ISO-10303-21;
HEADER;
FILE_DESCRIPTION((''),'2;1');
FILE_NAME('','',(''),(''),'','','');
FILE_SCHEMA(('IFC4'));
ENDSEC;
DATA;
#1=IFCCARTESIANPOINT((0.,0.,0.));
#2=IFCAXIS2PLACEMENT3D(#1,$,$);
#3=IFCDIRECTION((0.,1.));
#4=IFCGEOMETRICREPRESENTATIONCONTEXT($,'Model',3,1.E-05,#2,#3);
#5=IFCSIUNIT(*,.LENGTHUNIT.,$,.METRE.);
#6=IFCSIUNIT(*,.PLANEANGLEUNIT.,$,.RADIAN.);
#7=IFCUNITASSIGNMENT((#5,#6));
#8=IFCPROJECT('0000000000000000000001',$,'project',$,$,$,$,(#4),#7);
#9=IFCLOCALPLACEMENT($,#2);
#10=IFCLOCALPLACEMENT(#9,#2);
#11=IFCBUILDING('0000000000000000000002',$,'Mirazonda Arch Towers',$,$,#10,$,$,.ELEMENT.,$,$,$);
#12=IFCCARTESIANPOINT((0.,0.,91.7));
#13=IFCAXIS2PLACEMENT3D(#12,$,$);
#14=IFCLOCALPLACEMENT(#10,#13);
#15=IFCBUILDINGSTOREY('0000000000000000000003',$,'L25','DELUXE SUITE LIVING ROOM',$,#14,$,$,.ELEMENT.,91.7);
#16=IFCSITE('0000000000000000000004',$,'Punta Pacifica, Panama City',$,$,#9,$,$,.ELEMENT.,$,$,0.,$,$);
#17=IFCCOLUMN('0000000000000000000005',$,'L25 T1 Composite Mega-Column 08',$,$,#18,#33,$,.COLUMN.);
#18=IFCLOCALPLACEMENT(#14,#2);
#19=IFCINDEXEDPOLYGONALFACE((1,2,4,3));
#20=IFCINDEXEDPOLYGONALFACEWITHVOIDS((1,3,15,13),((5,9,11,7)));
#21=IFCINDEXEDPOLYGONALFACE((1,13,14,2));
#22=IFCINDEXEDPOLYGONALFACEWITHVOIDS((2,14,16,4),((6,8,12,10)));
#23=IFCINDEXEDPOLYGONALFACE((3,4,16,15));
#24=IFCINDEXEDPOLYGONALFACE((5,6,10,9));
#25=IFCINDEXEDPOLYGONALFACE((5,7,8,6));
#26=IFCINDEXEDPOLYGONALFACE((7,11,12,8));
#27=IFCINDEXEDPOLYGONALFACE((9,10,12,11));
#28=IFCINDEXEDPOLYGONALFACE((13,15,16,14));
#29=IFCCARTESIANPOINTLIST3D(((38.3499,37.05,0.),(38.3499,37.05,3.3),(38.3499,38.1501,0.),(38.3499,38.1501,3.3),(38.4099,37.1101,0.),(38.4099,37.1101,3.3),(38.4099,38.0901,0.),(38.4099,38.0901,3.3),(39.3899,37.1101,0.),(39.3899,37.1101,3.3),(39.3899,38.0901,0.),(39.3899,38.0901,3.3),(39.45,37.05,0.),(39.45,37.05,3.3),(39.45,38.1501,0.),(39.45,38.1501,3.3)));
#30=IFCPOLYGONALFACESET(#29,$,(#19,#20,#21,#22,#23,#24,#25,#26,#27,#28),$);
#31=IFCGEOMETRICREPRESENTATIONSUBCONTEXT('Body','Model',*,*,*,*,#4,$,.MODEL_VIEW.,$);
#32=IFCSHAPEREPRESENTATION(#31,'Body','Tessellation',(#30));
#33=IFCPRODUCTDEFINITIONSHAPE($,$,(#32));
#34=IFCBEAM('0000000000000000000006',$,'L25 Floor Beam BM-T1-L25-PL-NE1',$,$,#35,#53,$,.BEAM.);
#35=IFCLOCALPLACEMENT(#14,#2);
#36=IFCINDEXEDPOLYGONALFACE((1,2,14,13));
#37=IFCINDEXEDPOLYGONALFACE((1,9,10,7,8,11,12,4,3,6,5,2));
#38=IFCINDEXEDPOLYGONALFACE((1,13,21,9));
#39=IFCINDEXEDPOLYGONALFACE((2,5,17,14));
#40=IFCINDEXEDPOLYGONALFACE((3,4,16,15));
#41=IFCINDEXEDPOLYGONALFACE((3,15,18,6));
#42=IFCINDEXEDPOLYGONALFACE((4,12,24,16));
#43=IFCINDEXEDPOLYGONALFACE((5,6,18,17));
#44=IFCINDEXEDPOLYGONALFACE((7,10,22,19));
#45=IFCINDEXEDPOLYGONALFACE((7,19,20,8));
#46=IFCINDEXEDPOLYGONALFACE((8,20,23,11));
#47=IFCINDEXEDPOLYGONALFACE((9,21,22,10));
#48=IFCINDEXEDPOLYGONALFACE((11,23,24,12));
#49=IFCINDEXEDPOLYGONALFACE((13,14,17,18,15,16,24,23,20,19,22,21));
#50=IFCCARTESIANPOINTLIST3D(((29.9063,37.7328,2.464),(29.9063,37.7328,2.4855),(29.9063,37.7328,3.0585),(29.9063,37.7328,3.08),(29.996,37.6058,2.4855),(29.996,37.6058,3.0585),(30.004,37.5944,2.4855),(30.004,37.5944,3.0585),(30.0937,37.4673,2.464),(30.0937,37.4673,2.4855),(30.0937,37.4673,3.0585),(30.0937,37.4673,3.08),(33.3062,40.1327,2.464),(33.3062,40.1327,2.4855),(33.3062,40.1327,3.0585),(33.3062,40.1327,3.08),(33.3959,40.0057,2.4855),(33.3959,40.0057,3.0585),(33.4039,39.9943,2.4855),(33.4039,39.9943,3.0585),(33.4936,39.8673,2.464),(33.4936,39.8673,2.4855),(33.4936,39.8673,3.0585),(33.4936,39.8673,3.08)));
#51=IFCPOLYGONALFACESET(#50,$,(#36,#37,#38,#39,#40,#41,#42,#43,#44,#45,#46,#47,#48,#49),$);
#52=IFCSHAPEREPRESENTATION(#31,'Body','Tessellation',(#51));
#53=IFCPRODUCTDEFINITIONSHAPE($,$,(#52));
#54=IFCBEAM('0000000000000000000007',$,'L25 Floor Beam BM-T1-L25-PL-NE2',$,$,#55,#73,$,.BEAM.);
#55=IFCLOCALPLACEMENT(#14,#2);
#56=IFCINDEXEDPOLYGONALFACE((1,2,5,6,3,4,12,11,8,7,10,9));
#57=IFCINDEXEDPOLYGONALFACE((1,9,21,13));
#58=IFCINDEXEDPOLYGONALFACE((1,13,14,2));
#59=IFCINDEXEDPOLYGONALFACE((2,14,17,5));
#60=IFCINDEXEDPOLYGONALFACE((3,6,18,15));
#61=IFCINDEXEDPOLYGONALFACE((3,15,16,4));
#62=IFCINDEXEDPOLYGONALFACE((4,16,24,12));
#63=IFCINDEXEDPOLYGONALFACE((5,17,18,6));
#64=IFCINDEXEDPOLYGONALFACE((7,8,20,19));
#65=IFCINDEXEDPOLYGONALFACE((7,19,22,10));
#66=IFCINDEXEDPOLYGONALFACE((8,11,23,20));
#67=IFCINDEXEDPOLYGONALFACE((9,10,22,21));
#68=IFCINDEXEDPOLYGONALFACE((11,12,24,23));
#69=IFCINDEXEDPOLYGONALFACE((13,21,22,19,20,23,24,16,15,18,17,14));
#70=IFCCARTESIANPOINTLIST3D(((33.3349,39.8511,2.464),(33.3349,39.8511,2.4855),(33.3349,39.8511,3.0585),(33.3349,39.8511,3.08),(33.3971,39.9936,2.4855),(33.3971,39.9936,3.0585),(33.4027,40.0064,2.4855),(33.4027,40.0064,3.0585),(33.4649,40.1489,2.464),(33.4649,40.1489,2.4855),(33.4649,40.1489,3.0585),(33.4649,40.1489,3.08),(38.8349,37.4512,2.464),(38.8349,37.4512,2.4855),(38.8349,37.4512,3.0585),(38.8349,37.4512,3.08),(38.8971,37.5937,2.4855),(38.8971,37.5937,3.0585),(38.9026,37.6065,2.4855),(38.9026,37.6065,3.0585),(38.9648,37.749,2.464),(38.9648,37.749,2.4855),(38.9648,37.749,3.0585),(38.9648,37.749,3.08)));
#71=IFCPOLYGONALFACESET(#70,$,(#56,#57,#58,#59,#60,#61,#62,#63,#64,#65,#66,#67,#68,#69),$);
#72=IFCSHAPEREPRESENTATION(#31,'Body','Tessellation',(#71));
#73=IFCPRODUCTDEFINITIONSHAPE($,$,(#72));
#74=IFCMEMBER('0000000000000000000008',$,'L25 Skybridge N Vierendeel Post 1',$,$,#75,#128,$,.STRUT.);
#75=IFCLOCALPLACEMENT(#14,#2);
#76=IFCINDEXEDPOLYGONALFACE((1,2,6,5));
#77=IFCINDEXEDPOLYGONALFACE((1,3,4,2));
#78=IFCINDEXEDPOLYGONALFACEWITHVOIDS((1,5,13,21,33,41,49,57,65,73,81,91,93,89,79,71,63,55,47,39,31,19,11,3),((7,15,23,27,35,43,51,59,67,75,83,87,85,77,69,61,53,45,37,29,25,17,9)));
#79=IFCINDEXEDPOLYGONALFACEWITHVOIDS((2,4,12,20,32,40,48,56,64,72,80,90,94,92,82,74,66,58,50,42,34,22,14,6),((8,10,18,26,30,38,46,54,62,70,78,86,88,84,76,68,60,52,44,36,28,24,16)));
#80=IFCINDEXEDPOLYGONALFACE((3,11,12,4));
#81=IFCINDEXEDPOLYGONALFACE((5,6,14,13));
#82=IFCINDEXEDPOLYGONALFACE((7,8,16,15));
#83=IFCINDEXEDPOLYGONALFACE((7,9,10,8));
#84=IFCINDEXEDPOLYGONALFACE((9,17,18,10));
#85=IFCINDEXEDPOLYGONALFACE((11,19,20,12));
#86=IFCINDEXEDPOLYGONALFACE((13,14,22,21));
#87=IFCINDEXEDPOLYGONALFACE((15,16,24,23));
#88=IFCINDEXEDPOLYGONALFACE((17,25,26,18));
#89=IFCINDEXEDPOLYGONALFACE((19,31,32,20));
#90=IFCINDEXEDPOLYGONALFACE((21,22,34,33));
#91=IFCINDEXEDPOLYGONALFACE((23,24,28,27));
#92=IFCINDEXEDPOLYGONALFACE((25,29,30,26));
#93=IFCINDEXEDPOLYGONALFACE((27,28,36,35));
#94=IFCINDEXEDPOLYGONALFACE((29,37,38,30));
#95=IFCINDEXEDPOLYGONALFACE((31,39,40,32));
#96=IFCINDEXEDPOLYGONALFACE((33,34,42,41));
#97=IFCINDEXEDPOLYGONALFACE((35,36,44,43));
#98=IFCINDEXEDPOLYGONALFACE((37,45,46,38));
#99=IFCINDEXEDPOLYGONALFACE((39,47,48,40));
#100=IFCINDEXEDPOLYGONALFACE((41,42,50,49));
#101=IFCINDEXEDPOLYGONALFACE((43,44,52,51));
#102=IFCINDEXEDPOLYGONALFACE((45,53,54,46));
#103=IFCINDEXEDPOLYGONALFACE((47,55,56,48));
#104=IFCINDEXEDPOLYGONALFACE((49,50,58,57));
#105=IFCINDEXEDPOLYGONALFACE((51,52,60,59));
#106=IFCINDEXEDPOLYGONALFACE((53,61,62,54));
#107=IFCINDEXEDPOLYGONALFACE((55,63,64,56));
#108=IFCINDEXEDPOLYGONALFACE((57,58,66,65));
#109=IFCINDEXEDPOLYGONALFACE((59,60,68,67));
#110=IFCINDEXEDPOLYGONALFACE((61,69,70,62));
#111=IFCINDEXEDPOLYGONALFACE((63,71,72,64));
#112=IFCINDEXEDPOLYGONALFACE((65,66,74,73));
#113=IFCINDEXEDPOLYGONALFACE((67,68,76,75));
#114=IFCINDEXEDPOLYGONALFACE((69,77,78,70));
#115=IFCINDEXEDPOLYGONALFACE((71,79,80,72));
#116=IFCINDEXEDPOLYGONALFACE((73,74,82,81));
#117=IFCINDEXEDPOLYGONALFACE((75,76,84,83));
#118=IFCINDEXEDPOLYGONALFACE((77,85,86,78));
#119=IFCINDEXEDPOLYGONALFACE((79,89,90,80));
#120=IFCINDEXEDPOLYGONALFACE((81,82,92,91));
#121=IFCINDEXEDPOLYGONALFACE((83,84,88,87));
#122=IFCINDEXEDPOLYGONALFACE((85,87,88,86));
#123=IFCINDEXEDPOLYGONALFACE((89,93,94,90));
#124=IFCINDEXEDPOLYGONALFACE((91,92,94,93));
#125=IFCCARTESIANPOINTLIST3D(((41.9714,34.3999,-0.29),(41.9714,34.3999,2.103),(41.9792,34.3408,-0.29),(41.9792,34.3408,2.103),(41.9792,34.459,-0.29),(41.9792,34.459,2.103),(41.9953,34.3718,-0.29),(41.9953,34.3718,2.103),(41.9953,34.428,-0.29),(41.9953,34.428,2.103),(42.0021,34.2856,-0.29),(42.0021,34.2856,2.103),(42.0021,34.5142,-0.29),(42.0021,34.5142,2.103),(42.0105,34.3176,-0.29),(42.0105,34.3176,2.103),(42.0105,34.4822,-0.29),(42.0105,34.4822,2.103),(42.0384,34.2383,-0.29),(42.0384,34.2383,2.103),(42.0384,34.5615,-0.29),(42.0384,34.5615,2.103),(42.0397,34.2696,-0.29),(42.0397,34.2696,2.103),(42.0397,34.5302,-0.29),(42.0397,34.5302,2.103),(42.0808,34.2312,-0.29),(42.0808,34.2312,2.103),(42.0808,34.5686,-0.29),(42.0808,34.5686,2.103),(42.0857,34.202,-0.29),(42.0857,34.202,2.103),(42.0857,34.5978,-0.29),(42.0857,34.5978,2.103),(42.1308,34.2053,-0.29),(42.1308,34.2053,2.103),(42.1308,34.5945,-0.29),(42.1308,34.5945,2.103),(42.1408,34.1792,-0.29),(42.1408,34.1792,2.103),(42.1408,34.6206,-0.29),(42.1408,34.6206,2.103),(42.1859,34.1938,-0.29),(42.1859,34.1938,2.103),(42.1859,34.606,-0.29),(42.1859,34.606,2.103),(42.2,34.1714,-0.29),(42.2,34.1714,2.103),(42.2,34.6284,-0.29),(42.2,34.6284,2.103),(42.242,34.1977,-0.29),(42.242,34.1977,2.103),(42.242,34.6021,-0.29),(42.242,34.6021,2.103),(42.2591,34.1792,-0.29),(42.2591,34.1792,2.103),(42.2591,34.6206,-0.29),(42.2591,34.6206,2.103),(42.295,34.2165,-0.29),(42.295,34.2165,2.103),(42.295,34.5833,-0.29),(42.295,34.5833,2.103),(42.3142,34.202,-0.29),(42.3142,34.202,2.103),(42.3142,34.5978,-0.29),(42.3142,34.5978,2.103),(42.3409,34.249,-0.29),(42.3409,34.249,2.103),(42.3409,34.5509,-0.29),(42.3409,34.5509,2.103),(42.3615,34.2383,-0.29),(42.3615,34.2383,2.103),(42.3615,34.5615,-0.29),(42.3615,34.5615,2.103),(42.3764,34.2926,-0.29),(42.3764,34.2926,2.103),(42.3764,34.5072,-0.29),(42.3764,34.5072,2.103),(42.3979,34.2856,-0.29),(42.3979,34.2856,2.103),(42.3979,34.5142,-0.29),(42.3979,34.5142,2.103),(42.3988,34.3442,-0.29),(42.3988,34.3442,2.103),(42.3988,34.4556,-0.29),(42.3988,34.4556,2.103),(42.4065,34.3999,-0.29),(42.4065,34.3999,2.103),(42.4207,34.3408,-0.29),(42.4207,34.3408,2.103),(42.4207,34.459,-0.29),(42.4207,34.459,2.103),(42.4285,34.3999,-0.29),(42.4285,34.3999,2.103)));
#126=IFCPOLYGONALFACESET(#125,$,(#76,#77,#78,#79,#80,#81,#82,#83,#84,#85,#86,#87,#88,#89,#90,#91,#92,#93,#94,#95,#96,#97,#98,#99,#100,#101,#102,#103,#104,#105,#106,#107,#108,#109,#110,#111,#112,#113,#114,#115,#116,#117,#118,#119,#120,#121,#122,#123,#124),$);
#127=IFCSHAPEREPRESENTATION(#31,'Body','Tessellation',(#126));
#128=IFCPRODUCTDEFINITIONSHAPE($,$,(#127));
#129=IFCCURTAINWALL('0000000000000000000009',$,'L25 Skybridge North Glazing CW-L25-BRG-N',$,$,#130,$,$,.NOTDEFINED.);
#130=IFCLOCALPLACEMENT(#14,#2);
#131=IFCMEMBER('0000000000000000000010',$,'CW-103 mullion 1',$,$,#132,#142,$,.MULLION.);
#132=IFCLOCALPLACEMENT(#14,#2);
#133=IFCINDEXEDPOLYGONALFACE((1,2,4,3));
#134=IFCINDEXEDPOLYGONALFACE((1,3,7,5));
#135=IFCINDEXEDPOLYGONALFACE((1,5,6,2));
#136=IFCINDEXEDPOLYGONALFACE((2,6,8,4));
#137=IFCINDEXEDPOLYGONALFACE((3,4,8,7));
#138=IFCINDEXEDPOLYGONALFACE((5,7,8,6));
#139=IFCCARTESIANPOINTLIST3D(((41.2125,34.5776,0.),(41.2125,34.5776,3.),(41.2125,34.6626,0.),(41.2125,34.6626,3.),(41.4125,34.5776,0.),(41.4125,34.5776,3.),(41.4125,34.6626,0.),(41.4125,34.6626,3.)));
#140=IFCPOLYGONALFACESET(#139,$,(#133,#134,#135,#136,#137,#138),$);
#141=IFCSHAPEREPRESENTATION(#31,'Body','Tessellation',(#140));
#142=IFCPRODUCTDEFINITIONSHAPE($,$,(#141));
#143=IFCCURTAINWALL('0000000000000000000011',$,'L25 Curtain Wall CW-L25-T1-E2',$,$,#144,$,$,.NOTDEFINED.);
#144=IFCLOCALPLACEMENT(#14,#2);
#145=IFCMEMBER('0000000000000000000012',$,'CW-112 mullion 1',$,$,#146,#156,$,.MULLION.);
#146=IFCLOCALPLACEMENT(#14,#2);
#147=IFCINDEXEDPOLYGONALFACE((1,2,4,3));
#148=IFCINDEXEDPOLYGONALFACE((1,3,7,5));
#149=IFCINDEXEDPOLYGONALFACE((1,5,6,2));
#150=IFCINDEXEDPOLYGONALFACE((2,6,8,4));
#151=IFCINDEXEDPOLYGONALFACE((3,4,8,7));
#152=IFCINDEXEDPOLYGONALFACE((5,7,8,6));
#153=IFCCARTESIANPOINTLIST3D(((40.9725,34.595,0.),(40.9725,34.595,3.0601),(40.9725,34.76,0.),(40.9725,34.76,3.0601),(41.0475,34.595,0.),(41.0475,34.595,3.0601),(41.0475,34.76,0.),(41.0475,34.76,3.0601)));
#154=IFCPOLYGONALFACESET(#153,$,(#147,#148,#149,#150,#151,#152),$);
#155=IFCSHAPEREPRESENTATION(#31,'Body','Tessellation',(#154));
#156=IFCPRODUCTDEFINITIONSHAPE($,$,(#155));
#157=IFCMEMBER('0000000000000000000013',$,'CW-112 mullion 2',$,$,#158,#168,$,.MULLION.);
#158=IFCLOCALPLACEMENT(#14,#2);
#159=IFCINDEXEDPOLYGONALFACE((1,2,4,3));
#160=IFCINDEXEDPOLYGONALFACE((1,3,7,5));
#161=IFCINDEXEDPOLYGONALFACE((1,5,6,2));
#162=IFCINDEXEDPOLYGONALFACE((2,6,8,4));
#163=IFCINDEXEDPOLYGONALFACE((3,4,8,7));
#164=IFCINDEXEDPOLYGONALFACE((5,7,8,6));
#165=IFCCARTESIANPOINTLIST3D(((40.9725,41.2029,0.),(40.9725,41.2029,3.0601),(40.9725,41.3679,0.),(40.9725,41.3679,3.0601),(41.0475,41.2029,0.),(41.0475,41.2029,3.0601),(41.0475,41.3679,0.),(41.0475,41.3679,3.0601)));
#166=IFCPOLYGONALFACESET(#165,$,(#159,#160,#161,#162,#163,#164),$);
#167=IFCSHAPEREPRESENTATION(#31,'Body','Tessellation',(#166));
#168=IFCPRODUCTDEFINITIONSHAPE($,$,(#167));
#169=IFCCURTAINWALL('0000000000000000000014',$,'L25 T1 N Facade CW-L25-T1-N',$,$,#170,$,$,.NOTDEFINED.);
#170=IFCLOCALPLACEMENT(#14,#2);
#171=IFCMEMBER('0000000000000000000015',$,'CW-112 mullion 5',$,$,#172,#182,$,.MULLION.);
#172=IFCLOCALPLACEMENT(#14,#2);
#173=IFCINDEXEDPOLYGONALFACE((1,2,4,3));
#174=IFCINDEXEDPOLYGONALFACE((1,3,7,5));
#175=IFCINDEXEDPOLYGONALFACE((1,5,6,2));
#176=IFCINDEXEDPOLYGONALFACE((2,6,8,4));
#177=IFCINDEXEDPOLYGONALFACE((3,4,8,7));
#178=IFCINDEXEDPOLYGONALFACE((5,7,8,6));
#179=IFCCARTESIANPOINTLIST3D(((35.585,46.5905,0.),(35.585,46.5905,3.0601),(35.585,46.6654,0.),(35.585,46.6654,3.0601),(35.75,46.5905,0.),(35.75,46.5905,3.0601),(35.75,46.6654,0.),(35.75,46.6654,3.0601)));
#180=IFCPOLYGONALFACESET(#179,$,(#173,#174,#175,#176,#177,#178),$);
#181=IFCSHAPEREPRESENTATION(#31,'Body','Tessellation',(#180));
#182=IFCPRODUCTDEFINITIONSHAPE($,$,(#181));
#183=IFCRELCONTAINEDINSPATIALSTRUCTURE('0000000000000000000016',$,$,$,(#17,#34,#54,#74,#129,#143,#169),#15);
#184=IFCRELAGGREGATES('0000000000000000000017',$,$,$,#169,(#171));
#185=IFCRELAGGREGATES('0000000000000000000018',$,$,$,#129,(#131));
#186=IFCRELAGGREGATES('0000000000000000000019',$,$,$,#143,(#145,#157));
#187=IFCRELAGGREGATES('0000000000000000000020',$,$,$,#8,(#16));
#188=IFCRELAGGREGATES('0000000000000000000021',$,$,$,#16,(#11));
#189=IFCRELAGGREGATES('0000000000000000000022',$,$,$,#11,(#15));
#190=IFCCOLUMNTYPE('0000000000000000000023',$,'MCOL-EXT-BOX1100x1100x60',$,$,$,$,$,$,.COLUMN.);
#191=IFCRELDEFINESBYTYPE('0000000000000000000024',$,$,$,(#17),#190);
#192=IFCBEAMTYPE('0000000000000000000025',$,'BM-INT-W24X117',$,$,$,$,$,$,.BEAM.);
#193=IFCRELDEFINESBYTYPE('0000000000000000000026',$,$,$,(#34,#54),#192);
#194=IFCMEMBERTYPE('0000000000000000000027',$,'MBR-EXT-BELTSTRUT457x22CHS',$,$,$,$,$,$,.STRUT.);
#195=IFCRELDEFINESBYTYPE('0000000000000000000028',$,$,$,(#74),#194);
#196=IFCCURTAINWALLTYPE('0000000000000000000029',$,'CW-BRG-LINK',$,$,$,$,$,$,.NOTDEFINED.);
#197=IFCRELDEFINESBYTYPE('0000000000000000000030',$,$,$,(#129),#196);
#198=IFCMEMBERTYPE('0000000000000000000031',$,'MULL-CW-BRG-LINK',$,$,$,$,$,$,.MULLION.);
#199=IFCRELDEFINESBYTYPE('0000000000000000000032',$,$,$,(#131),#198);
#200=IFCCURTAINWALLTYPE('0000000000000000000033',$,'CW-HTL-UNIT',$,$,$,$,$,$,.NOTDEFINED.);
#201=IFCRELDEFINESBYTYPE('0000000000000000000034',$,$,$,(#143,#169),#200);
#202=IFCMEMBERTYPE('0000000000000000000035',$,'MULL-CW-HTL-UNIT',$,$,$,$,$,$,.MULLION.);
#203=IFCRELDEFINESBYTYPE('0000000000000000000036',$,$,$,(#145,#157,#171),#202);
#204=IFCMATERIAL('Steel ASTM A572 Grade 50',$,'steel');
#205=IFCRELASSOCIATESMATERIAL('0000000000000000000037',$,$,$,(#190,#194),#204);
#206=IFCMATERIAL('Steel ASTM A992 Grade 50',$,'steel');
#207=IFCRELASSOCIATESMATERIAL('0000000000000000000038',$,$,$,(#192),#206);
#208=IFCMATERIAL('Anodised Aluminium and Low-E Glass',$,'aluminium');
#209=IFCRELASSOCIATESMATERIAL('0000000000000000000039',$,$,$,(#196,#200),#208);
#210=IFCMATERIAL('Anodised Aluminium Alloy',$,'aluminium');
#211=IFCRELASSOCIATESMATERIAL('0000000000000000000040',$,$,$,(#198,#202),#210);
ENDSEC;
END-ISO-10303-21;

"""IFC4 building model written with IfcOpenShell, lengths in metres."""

from ifc_helpers import new_model, si_unit, direction, frame, origin, origin_2d, place, context, subcontext, project, spatial, rectangle, hollow_rectangle, hollow_circle, i_section, extrude, material, material_profile, profile_set, type_object, element, aggregate, save


model = new_model("IFC4")

# Units and contexts
model_context = context("Model", 3, precision=1e-05, world=origin(), true_north=direction((0.0, 1.0)))
body_context = subcontext(model_context, "Body", "Model", "MODEL_VIEW")
ifc_project = project(units=[si_unit("LENGTHUNIT", "METRE"), si_unit("PLANEANGLEUNIT", "RADIAN")], contexts=[model_context])

# Site, building, storey
site_placement = place(None, origin())
site = spatial("IfcSite", under=ifc_project, at=site_placement, Name="Punta Pacifica, Panama City", CompositionType="ELEMENT", RefElevation=0.0)
building_placement = place(site_placement, origin())
building = spatial("IfcBuilding", under=site, at=building_placement, Name="Mirazonda Arch Towers", CompositionType="ELEMENT")
storey_placement = place(building_placement, frame((0.0, 0.0, 91.7)))
storey = spatial("IfcBuildingStorey", under=building, at=storey_placement, Name="L25", Description="DELUXE SUITE LIVING ROOM", CompositionType="ELEMENT", Elevation=91.7)

# Column
ifc_material_1 = material(Name="Steel ASTM A572 Grade 50", Category="steel")
ifc_material_profile_1 = material_profile(ifc_material_1, hollow_rectangle(XDim=1.1001, YDim=1.1001, WallThickness=0.0601, at=origin_2d()), Name="BOX1100x1100x60")
ifc_profile_set_1 = profile_set([ifc_material_profile_1], Name="Steel ASTM A572 Grade 50")
column_type = type_object("IfcColumnType", Name="MCOL-EXT-BOX1100x1100x60", PredefinedType="COLUMN", material=ifc_profile_set_1)
column_placement = place(storey_placement, frame((38.8999, 37.6001, 0.0), z_axis=(0.0, 0.0, 1.0), x_axis=(1.0, 0.0, 0.0)))
element("IfcColumn", 1, at=column_placement, inside=storey, type_object=column_type, Name="L25 T1 Composite Mega-Column 08", PredefinedType="COLUMN", context=body_context, shape_type="SweptSolid", body=[
    extrude(hollow_rectangle(XDim=1.1001, YDim=1.1001, WallThickness=0.0601, at=origin_2d()), origin(), (0.0, 0.0, 1.0), 3.3),
])

# Beams
ifc_material_2 = material(Name="Steel ASTM A992 Grade 50", Category="steel")
ifc_material_profile_2 = material_profile(ifc_material_2, i_section(OverallWidth=0.325, OverallDepth=0.616, WebThickness=0.0139, FlangeThickness=0.0215, at=origin_2d()), Name="W24X117")
ifc_profile_set_2 = profile_set([ifc_material_profile_2], Name="Steel ASTM A992 Grade 50")
beam_type = type_object("IfcBeamType", Name="BM-INT-W24X117", PredefinedType="BEAM", material=ifc_profile_set_2)
beam_1_placement = place(storey_placement, frame((33.3999, 40.0, 2.772), z_axis=(-0.816971, -0.576679, 0.0), x_axis=(0.576679, -0.816971, 0.0)))
element("IfcBeam", 2, at=beam_1_placement, inside=storey, type_object=beam_type, Name="L25 Floor Beam BM-T1-L25-PL-NE1", PredefinedType="BEAM", context=body_context, shape_type="SweptSolid", body=[
    extrude(i_section(OverallWidth=0.325, OverallDepth=0.616, WebThickness=0.0139, FlangeThickness=0.0215, at=origin_2d()), origin(), (0.0, 0.0, 1.0), 4.1616),
])
beam_2_placement = place(storey_placement, frame((33.3999, 40.0, 2.772), z_axis=(0.916545, -0.399931, 0.0), x_axis=(0.399931, 0.916545, 0.0)))
element("IfcBeam", 3, at=beam_2_placement, inside=storey, type_object=beam_type, Name="L25 Floor Beam BM-T1-L25-PL-NE2", PredefinedType="BEAM", context=body_context, shape_type="SweptSolid", body=[
    extrude(i_section(OverallWidth=0.325, OverallDepth=0.616, WebThickness=0.0139, FlangeThickness=0.0215, at=origin_2d()), origin(), (0.0, 0.0, 1.0), 6.0007),
])

# Member
ifc_material_profile_3 = material_profile(ifc_material_1, hollow_circle(Radius=0.2285, WallThickness=0.022, at=origin_2d()), Name="BELTSTRUT457x22CHS")
ifc_profile_set_3 = profile_set([ifc_material_profile_3], Name="Steel ASTM A572 Grade 50")
member_type_1 = type_object("IfcMemberType", Name="MBR-EXT-BELTSTRUT457x22CHS", PredefinedType="STRUT", material=ifc_profile_set_3)
member_1_placement = place(storey_placement, frame((42.2, 34.3999, -0.29), z_axis=(0.0, 0.0, 1.0), x_axis=(1.0, 0.0, 0.0)))
element("IfcMember", 4, at=member_1_placement, inside=storey, type_object=member_type_1, Name="L25 Skybridge N Vierendeel Post 1", PredefinedType="STRUT", context=body_context, shape_type="SweptSolid", body=[
    extrude(hollow_circle(Radius=0.2285, WallThickness=0.022, at=origin_2d()), origin(), (0.0, 0.0, 1.0), 2.3931),
])

# Curtain wall, member
ifc_material_3 = material(Name="Anodised Aluminium and Low-E Glass", Category="aluminium")
curtain_wall_type_1 = type_object("IfcCurtainWallType", Name="CW-BRG-LINK", PredefinedType="NOTDEFINED", material=ifc_material_3)
curtain_wall_1_placement = place(storey_placement, origin())
curtain_wall_1 = element("IfcCurtainWall", 5, at=curtain_wall_1_placement, inside=storey, type_object=curtain_wall_type_1, Name="L25 Skybridge North Glazing CW-L25-BRG-N", PredefinedType="NOTDEFINED")
ifc_material_4 = material(Name="Anodised Aluminium Alloy", Category="aluminium")
ifc_material_profile_4 = material_profile(ifc_material_4, rectangle(XDim=0.085, YDim=0.2, at=origin_2d()), Name="ALU-MULL-85x200")
ifc_profile_set_4 = profile_set([ifc_material_profile_4], Name="Anodised Aluminium Alloy")
member_type_2 = type_object("IfcMemberType", Name="MULL-CW-BRG-LINK", PredefinedType="MULLION", material=ifc_profile_set_4)
member_2_placement = place(storey_placement, frame((41.3125, 34.6201, 0.0), z_axis=(0.0, 0.0, 1.0), x_axis=(0.0, 1.0, 0.0)))
member_2 = element("IfcMember", 6, at=member_2_placement, type_object=member_type_2, Name="CW-103 mullion 1", PredefinedType="MULLION", context=body_context, shape_type="SweptSolid", body=[
    extrude(rectangle(XDim=0.085, YDim=0.2, at=origin_2d()), origin(), (0.0, 0.0, 1.0), 3.0),
])

# Curtain wall, members
curtain_wall_type_2 = type_object("IfcCurtainWallType", Name="CW-HTL-UNIT", PredefinedType="NOTDEFINED", material=ifc_material_3)
curtain_wall_2_placement = place(storey_placement, origin())
curtain_wall_2 = element("IfcCurtainWall", 7, at=curtain_wall_2_placement, inside=storey, type_object=curtain_wall_type_2, Name="L25 Curtain Wall CW-L25-T1-E2", PredefinedType="NOTDEFINED")
ifc_material_profile_5 = material_profile(ifc_material_4, rectangle(XDim=0.075, YDim=0.165, at=origin_2d()), Name="ALU-MULL-75x165")
ifc_profile_set_5 = profile_set([ifc_material_profile_5], Name="Anodised Aluminium Alloy")
member_type_3 = type_object("IfcMemberType", Name="MULL-CW-HTL-UNIT", PredefinedType="MULLION", material=ifc_profile_set_5)
member_3_placement = place(storey_placement, frame((41.01, 34.6775, 0.0), z_axis=(0.0, 0.0, 1.0), x_axis=(-1.0, 0.0, 0.0)))
member_3 = element("IfcMember", 8, at=member_3_placement, type_object=member_type_3, Name="CW-112 mullion 1", PredefinedType="MULLION", context=body_context, shape_type="SweptSolid", body=[
    extrude(rectangle(XDim=0.075, YDim=0.165, at=origin_2d()), origin(), (0.0, 0.0, 1.0), 3.0601),
])
member_4_placement = place(storey_placement, frame((41.01, 41.2854, 0.0), z_axis=(0.0, 0.0, 1.0), x_axis=(-1.0, 0.0, 0.0)))
member_4 = element("IfcMember", 9, at=member_4_placement, type_object=member_type_3, Name="CW-112 mullion 2", PredefinedType="MULLION", context=body_context, shape_type="SweptSolid", body=[
    extrude(rectangle(XDim=0.075, YDim=0.165, at=origin_2d()), origin(), (0.0, 0.0, 1.0), 3.0601),
])

# Curtain wall, member
curtain_wall_3_placement = place(storey_placement, origin())
curtain_wall_3 = element("IfcCurtainWall", 10, at=curtain_wall_3_placement, inside=storey, type_object=curtain_wall_type_2, Name="L25 T1 N Facade CW-L25-T1-N", PredefinedType="NOTDEFINED")
member_5_placement = place(storey_placement, frame((35.6675, 46.6279, 0.0), z_axis=(0.0, 0.0, 1.0), x_axis=(0.0, 1.0, 0.0)))
member_5 = element("IfcMember", 11, at=member_5_placement, type_object=member_type_3, Name="CW-112 mullion 5", PredefinedType="MULLION", context=body_context, shape_type="SweptSolid", body=[
    extrude(rectangle(XDim=0.075, YDim=0.165, at=origin_2d()), origin(), (0.0, 0.0, 1.0), 3.0601),
])
aggregate(curtain_wall_3, [member_5])

aggregate(curtain_wall_1, [member_2])
aggregate(curtain_wall_2, [member_3, member_4])

save(model, "model.ifc")
